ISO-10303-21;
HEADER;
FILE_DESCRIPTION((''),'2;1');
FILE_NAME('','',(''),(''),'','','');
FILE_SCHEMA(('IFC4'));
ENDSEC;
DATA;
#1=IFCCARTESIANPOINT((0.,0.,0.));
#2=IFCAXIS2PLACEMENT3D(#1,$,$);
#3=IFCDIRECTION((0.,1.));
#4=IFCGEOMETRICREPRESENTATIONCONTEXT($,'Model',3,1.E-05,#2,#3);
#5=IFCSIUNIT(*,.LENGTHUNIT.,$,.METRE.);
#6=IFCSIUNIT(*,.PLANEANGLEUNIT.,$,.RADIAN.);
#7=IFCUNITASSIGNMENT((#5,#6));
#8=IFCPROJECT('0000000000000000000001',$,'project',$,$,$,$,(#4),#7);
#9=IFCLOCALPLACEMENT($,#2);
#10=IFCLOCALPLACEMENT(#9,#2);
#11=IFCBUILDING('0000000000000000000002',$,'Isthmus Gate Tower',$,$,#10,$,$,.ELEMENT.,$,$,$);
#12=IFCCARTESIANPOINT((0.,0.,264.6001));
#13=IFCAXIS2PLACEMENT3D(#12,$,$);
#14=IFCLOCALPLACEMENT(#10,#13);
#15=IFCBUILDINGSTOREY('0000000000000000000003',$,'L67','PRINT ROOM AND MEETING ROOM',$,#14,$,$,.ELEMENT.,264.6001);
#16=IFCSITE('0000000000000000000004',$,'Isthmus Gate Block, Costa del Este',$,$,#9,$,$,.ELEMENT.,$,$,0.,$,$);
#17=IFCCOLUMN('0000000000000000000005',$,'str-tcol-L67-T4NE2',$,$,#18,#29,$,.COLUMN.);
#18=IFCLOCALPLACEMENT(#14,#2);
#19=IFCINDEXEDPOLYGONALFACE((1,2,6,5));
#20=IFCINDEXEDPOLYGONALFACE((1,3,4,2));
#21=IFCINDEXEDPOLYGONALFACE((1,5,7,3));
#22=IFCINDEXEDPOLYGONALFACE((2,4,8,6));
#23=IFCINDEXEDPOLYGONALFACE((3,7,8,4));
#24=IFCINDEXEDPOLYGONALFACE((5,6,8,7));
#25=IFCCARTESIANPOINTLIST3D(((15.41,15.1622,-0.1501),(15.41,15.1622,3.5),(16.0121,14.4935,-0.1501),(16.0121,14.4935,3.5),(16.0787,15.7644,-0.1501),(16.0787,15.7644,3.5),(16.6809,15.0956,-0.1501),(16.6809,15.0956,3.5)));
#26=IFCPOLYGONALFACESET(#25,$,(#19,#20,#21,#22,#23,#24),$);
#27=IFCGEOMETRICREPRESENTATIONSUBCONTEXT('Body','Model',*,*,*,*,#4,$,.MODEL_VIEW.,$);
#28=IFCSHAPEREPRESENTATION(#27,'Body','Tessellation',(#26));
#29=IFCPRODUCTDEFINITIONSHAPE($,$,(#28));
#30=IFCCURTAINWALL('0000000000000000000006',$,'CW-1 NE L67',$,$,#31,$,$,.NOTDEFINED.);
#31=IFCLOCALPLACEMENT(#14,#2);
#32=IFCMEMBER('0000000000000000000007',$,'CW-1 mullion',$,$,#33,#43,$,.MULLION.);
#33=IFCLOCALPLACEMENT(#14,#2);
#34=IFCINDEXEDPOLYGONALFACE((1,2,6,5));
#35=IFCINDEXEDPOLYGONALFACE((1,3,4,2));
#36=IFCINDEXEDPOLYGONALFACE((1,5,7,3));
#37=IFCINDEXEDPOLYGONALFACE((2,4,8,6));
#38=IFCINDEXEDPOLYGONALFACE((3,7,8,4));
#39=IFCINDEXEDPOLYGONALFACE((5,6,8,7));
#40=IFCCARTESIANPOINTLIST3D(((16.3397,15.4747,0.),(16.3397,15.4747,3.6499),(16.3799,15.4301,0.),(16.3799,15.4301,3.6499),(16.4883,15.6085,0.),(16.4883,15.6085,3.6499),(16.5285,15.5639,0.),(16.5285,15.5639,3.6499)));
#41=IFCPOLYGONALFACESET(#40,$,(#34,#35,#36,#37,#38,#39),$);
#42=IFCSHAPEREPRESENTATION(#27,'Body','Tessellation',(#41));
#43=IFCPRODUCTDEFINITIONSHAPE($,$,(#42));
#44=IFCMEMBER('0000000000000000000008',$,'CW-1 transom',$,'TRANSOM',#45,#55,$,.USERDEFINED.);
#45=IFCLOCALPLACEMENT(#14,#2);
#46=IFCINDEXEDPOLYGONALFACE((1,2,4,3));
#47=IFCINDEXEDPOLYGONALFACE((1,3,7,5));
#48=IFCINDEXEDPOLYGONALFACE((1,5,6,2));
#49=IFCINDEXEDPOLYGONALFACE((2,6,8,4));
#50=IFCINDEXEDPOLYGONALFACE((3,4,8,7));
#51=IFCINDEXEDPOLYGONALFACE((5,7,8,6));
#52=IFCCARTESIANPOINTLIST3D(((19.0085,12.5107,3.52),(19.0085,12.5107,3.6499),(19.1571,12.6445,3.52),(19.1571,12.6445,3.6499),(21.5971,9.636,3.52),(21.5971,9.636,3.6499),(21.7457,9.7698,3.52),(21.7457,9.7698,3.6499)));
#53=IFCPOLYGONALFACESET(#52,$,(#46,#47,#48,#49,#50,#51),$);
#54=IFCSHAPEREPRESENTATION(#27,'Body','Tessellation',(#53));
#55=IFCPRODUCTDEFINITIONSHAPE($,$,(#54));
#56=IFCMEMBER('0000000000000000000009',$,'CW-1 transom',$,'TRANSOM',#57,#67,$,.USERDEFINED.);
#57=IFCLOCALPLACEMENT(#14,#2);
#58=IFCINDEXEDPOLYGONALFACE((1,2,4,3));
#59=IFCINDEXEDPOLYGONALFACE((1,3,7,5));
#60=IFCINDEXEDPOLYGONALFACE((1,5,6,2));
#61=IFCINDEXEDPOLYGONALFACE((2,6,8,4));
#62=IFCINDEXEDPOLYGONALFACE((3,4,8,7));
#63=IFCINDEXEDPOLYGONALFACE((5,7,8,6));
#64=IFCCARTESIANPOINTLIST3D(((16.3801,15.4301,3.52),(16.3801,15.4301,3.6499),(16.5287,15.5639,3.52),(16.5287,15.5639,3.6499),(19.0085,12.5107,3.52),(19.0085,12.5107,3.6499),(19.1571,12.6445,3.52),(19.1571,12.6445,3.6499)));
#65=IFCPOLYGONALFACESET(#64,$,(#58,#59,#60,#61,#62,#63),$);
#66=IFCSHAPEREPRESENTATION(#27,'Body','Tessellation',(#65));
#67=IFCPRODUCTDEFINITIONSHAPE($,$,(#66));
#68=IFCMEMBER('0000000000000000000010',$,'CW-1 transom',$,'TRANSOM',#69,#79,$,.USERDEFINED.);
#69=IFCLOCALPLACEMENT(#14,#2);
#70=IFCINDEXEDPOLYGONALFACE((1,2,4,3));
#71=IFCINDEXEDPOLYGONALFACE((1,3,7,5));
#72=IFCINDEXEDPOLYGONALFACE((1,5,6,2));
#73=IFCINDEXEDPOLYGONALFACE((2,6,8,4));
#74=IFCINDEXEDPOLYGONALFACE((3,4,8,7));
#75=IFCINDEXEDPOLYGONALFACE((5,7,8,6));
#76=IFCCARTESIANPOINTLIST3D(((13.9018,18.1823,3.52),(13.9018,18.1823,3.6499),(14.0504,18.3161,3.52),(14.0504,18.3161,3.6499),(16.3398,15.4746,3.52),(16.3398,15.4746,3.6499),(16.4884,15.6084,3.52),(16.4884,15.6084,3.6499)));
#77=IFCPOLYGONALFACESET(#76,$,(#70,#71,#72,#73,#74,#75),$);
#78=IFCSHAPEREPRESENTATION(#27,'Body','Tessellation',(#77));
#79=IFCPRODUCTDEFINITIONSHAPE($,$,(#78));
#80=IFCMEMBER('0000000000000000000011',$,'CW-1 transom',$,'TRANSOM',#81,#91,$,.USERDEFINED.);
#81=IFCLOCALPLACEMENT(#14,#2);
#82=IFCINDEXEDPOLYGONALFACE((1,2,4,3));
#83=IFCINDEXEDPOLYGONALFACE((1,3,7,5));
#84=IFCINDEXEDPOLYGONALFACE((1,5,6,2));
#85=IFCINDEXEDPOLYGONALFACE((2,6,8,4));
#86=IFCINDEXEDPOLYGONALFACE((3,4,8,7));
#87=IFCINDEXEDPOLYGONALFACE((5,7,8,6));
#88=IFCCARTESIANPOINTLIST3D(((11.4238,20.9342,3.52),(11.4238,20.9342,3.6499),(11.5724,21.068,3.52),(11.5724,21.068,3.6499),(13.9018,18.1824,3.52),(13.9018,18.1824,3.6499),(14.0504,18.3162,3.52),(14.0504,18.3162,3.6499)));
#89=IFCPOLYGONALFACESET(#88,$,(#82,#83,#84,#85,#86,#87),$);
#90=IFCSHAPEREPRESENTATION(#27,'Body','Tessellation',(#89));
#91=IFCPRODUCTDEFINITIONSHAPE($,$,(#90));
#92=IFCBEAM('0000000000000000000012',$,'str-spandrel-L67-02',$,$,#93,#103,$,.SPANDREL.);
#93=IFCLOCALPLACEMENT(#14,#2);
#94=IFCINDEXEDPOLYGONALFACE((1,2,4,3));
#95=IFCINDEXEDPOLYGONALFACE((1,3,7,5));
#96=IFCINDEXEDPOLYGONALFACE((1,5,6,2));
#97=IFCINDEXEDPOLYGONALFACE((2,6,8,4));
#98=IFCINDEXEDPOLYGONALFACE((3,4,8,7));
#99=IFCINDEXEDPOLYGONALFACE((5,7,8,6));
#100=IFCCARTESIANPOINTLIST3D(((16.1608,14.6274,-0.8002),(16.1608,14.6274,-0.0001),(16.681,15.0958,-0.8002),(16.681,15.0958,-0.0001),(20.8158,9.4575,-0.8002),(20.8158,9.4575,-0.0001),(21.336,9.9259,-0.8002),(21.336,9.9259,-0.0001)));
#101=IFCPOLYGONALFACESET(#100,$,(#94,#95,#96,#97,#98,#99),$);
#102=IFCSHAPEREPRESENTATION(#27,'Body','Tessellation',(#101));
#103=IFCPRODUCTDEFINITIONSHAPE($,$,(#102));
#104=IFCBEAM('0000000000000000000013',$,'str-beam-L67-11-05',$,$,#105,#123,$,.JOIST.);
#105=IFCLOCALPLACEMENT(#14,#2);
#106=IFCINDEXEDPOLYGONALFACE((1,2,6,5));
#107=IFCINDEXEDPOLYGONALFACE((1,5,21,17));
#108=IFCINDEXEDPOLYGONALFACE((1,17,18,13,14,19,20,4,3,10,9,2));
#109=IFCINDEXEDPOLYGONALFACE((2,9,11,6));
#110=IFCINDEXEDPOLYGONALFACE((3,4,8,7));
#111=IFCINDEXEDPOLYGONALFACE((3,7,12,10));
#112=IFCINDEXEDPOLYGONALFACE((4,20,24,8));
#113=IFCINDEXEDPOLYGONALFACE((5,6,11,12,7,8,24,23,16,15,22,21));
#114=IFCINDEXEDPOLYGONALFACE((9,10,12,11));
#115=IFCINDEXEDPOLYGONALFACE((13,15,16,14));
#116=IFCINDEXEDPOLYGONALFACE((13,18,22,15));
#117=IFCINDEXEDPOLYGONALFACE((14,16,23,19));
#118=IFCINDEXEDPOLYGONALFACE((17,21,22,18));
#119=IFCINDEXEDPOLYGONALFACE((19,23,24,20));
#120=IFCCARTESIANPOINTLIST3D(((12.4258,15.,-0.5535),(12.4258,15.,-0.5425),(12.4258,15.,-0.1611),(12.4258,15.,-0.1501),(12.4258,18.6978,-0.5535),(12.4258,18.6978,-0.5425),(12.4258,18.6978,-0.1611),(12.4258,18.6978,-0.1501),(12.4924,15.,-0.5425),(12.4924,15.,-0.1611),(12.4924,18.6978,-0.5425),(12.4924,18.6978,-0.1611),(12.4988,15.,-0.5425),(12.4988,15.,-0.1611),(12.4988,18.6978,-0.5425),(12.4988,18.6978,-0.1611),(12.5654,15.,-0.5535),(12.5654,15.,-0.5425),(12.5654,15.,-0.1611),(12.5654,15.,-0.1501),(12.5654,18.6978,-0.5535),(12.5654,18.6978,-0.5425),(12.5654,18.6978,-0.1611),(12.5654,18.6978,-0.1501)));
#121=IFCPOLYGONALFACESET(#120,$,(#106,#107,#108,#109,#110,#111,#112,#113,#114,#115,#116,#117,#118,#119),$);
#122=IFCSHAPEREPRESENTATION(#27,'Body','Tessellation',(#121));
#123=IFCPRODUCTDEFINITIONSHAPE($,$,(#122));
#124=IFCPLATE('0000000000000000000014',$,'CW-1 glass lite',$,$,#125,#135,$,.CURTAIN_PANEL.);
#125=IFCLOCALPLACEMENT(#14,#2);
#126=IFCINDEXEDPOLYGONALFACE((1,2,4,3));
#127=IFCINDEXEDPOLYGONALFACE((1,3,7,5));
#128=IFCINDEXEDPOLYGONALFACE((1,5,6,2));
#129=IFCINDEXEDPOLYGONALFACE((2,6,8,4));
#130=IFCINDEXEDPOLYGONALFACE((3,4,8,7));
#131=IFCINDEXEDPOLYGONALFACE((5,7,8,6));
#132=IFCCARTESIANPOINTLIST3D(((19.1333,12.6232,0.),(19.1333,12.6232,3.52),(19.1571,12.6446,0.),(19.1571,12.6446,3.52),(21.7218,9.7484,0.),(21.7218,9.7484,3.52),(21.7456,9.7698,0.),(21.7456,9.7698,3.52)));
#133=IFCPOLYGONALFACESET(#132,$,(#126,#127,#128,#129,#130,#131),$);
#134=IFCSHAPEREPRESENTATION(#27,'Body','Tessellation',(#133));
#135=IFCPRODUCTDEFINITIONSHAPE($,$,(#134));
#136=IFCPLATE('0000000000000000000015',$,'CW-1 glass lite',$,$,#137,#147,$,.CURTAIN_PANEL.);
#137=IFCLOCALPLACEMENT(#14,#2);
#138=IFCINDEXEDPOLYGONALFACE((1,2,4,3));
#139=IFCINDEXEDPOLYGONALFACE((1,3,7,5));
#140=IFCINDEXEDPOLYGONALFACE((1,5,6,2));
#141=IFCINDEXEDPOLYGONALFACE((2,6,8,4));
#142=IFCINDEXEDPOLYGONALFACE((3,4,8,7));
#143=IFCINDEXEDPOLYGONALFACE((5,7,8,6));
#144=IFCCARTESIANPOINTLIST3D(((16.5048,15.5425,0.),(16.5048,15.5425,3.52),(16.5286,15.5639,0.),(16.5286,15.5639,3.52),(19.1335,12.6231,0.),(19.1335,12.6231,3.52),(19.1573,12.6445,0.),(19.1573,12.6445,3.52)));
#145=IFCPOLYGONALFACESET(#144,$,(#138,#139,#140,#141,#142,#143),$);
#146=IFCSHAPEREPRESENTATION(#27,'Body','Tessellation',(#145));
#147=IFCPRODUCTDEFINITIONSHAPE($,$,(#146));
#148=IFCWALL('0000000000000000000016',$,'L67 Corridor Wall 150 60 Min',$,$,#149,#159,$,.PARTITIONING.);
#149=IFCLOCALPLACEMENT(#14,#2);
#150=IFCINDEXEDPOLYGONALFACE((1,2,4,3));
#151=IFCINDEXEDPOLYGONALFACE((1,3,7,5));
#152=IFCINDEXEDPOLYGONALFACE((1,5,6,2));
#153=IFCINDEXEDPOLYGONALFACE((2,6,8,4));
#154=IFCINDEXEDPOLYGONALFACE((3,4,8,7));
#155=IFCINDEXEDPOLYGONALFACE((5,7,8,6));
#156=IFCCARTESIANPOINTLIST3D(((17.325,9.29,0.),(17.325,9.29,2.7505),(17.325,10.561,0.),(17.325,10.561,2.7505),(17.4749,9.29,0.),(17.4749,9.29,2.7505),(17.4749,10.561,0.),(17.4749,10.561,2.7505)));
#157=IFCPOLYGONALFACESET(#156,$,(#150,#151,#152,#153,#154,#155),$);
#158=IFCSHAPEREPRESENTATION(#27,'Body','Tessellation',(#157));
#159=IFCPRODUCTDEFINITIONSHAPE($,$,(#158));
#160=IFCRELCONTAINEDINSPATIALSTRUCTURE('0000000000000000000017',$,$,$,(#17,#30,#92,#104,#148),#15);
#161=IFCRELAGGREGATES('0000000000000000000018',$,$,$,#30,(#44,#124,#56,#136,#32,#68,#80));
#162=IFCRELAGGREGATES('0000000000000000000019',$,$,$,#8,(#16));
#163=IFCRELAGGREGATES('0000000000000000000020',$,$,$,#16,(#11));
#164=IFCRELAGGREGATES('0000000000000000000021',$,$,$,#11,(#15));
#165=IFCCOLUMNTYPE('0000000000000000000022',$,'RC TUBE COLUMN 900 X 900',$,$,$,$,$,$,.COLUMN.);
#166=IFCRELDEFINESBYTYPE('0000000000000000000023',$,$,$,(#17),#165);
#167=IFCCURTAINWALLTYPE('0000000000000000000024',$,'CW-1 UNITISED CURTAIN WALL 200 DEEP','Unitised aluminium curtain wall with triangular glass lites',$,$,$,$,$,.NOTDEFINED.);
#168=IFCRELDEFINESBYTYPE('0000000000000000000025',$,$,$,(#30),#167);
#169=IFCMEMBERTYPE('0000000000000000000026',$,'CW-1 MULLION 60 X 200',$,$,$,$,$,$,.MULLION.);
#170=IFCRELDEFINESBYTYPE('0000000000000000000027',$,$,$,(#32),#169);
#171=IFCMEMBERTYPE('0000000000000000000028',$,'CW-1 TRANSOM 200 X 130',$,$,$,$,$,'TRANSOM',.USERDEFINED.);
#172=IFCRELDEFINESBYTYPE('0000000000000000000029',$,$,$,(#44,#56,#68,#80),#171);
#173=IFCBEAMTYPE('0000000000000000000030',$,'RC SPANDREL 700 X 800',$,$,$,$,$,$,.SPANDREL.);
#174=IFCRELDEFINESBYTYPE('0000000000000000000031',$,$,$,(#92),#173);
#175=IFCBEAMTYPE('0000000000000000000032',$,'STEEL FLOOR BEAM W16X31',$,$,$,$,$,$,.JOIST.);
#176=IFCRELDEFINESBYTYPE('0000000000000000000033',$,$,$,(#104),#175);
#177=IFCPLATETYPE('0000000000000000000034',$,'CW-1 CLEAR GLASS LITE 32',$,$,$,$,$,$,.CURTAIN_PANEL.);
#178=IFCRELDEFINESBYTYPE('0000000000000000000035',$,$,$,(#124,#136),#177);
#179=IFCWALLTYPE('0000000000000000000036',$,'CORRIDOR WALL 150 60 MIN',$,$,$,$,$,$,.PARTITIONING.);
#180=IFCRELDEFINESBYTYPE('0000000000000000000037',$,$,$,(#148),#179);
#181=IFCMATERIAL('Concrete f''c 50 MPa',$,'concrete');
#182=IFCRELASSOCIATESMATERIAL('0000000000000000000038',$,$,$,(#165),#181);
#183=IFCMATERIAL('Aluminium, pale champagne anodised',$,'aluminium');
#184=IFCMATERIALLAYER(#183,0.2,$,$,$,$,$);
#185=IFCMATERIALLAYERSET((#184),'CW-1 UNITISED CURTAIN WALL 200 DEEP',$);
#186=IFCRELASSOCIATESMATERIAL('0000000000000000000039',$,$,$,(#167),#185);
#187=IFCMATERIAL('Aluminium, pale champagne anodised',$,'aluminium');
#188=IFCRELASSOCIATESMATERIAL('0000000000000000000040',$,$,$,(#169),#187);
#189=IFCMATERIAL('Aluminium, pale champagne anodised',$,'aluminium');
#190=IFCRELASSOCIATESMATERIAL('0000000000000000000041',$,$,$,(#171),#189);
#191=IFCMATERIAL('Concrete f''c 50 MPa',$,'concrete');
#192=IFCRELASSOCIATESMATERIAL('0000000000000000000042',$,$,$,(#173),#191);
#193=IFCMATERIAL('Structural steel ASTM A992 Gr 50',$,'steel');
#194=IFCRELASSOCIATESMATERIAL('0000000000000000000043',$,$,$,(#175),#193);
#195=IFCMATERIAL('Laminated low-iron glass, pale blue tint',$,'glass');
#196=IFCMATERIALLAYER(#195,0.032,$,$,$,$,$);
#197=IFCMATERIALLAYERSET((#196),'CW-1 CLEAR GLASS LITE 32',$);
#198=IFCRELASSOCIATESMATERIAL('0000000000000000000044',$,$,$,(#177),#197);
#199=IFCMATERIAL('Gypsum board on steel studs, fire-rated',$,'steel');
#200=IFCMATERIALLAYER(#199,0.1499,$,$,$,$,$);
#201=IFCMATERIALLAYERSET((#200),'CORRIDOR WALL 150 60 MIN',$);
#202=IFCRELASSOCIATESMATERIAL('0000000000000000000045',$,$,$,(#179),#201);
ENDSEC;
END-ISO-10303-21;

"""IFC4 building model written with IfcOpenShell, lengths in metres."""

from ifc_helpers import new_model, si_unit, direction, frame, frame_2d, origin, origin_2d, place, context, subcontext, project, spatial, rectangle, i_section, extrude, material, layer, layer_set, material_profile, profile_set, type_object, element, aggregate, save


model = new_model("IFC4")

# Units and contexts
model_context = context("Model", 3, precision=1e-05, world=origin(), true_north=direction((0.0, 1.0)))
body_context = subcontext(model_context, "Body", "Model", "MODEL_VIEW")
ifc_project = project(units=[si_unit("LENGTHUNIT", "METRE"), si_unit("PLANEANGLEUNIT", "RADIAN")], contexts=[model_context])

# Site, building, storey
site_placement = place(None, origin())
site = spatial("IfcSite", under=ifc_project, at=site_placement, Name="Isthmus Gate Block, Costa del Este", CompositionType="ELEMENT", RefElevation=0.0)
building_placement = place(site_placement, origin())
building = spatial("IfcBuilding", under=site, at=building_placement, Name="Isthmus Gate Tower", CompositionType="ELEMENT")
storey_placement = place(building_placement, frame((0.0, 0.0, 264.6001)))
storey = spatial("IfcBuildingStorey", under=building, at=storey_placement, Name="L67", Description="PRINT ROOM AND MEETING ROOM", CompositionType="ELEMENT", Elevation=264.6001)

# Column
ifc_material_1 = material(Name="Concrete f'c 50 MPa", Category="concrete")
ifc_material_profile_1 = material_profile(ifc_material_1, rectangle(XDim=0.8999, YDim=0.8999, at=origin_2d()), Name="RC 900X900")
ifc_profile_set_1 = profile_set([ifc_material_profile_1], Name="Concrete f'c 50 MPa")
column_type = type_object("IfcColumnType", Name="RC TUBE COLUMN 900 X 900", PredefinedType="COLUMN", material=ifc_profile_set_1)
column_placement = place(storey_placement, frame((16.0454, 15.1289, -0.1501), z_axis=(0.0, 0.0, 1.0), x_axis=(-0.669131, 0.743145, 0.0)))
element("IfcColumn", 1, at=column_placement, inside=storey, type_object=column_type, Name="str-tcol-L67-T4NE2", PredefinedType="COLUMN", context=body_context, shape_type="SweptSolid", body=[
    extrude(rectangle(XDim=0.8999, YDim=0.8999, at=origin_2d()), origin(), (0.0, 0.0, 1.0), 3.6501),
])

# Curtain wall, members
ifc_material_2 = material(Name="Aluminium, pale champagne anodised", Category="aluminium")
ifc_layer_1 = layer(ifc_material_2, 0.2)
ifc_layer_set_1 = layer_set([ifc_layer_1], Name="CW-1 UNITISED CURTAIN WALL 200 DEEP")
curtain_wall_type = type_object("IfcCurtainWallType", Name="CW-1 UNITISED CURTAIN WALL 200 DEEP", Description="Unitised aluminium curtain wall with triangular glass lites", PredefinedType="NOTDEFINED", material=ifc_layer_set_1)
curtain_wall_placement = place(storey_placement, origin())
curtain_wall = element("IfcCurtainWall", 2, at=curtain_wall_placement, inside=storey, type_object=curtain_wall_type, Name="CW-1 NE L67", PredefinedType="NOTDEFINED")
ifc_material_3 = material(Name="Aluminium, pale champagne anodised", Category="aluminium")
ifc_material_profile_2 = material_profile(ifc_material_3, rectangle(XDim=0.0601, YDim=0.2, at=origin_2d()), Name="60x200")
ifc_profile_set_2 = profile_set([ifc_material_profile_2], Name="Aluminium, pale champagne anodised")
member_type_1 = type_object("IfcMemberType", Name="CW-1 MULLION 60 X 200", PredefinedType="MULLION", material=ifc_profile_set_2)
member_1_placement = place(storey_placement, frame((16.4341, 15.5193, 0.0), z_axis=(0.0, 0.0, 1.0), x_axis=(-0.669131, 0.743145, 0.0)))
member_1 = element("IfcMember", 3, at=member_1_placement, type_object=member_type_1, Name="CW-1 mullion", PredefinedType="MULLION", context=body_context, shape_type="SweptSolid", body=[
    extrude(rectangle(XDim=0.0601, YDim=0.2, at=origin_2d()), origin(), (0.0, 0.0, 1.0), 3.6499),
])
ifc_material_4 = material(Name="Aluminium, pale champagne anodised", Category="aluminium")
ifc_material_profile_3 = material_profile(ifc_material_4, rectangle(XDim=0.2, YDim=0.1299, at=origin_2d()), Name="200x130")
ifc_profile_set_3 = profile_set([ifc_material_profile_3], Name="Aluminium, pale champagne anodised")
member_type_2 = type_object("IfcMemberType", Name="CW-1 TRANSOM 200 X 130", ElementType="TRANSOM", PredefinedType="USERDEFINED", material=ifc_profile_set_3)
member_2_placement = place(storey_placement, frame((21.6714, 9.7029, 3.585), z_axis=(-0.669156, 0.743122, 0.0), x_axis=(-0.743122, -0.669156, 0.0)))
member_2 = element("IfcMember", 4, at=member_2_placement, type_object=member_type_2, Name="CW-1 transom", ObjectType="TRANSOM", PredefinedType="USERDEFINED", context=body_context, shape_type="SweptSolid", body=[
    extrude(rectangle(XDim=0.2, YDim=0.1299, at=origin_2d()), origin(), (0.0, 0.0, 1.0), 3.8684),
])
member_3_placement = place(storey_placement, frame((19.0828, 12.5776, 3.585), z_axis=(-0.669095, 0.743177, 0.0), x_axis=(-0.743177, -0.669095, 0.0)))
member_3 = element("IfcMember", 5, at=member_3_placement, type_object=member_type_2, Name="CW-1 transom", ObjectType="TRANSOM", PredefinedType="USERDEFINED", context=body_context, shape_type="SweptSolid", body=[
    extrude(rectangle(XDim=0.2, YDim=0.1299, at=origin_2d()), origin(), (0.0, 0.0, 1.0), 3.9282),
])
member_4_placement = place(storey_placement, frame((16.4141, 15.5415, 3.585), z_axis=(-0.669116, 0.743158, 0.0), x_axis=(-0.743158, -0.669116, 0.0)))
member_4 = element("IfcMember", 6, at=member_4_placement, type_object=member_type_2, Name="CW-1 transom", ObjectType="TRANSOM", PredefinedType="USERDEFINED", context=body_context, shape_type="SweptSolid", body=[
    extrude(rectangle(XDim=0.2, YDim=0.1299, at=origin_2d()), origin(), (0.0, 0.0, 1.0), 3.6436),
])
member_5_placement = place(storey_placement, frame((13.9761, 18.2493, 3.585), z_axis=(-0.669154, 0.743124, 0.0), x_axis=(-0.743124, -0.669154, 0.0)))
member_5 = element("IfcMember", 7, at=member_5_placement, type_object=member_type_2, Name="CW-1 transom", ObjectType="TRANSOM", PredefinedType="USERDEFINED", context=body_context, shape_type="SweptSolid", body=[
    extrude(rectangle(XDim=0.2, YDim=0.1299, at=origin_2d()), origin(), (0.0, 0.0, 1.0), 3.7031),
])

# Beams
ifc_material_5 = material(Name="Concrete f'c 50 MPa", Category="concrete")
ifc_material_profile_4 = material_profile(ifc_material_5, rectangle(XDim=0.7, YDim=0.8, at=origin_2d()), Name="RC 700X800")
ifc_profile_set_4 = profile_set([ifc_material_profile_4], Name="Concrete f'c 50 MPa")
beam_type_1 = type_object("IfcBeamType", Name="RC SPANDREL 700 X 800", PredefinedType="SPANDREL", material=ifc_profile_set_4)
beam_1_placement = place(storey_placement, frame((16.4209, 14.8616, -0.4001), z_axis=(0.669131, -0.743144, 0.0), x_axis=(0.743144, 0.669131, 0.0)))
element("IfcBeam", 8, at=beam_1_placement, inside=storey, type_object=beam_type_1, Name="str-spandrel-L67-02", PredefinedType="SPANDREL", context=body_context, shape_type="SweptSolid", body=[
    extrude(rectangle(XDim=0.7, YDim=0.8, at=origin_2d()), origin(), (0.0, 0.0, 1.0), 6.9568),
])
ifc_material_6 = material(Name="Structural steel ASTM A992 Gr 50", Category="steel")
ifc_material_profile_5 = material_profile(ifc_material_6, i_section(OverallWidth=0.1396, OverallDepth=0.4033, WebThickness=0.0063, FlangeThickness=0.011, at=origin_2d()), Name="W16X31")
ifc_profile_set_5 = profile_set([ifc_material_profile_5], Name="Structural steel ASTM A992 Gr 50")
beam_type_2 = type_object("IfcBeamType", Name="STEEL FLOOR BEAM W16X31", PredefinedType="JOIST", material=ifc_profile_set_5)
beam_2_placement = place(storey_placement, frame((12.4956, 15.0, -0.3518), z_axis=(0.0, 1.0, 0.0), x_axis=(-1.0, 0.0, 0.0)))
element("IfcBeam", 9, at=beam_2_placement, inside=storey, type_object=beam_type_2, Name="str-beam-L67-11-05", PredefinedType="JOIST", context=body_context, shape_type="SweptSolid", body=[
    extrude(i_section(OverallWidth=0.1396, OverallDepth=0.4033, WebThickness=0.0063, FlangeThickness=0.011, at=origin_2d()), origin(), (0.0, 0.0, 1.0), 3.6978),
])

# Plates
ifc_material_7 = material(Name="Laminated low-iron glass, pale blue tint", Category="glass")
ifc_layer_2 = layer(ifc_material_7, 0.032)
ifc_layer_set_2 = layer_set([ifc_layer_2], Name="CW-1 CLEAR GLASS LITE 32")
plate_type = type_object("IfcPlateType", Name="CW-1 CLEAR GLASS LITE 32", PredefinedType="CURTAIN_PANEL", material=ifc_layer_set_2)
plate_1_placement = place(storey_placement, frame((20.4395, 11.1965, 0.0), z_axis=(0.0, 0.0, 1.0), x_axis=(-0.669131, 0.743145, 0.0)))
plate_1 = element("IfcPlate", 10, at=plate_1_placement, type_object=plate_type, Name="CW-1 glass lite", PredefinedType="CURTAIN_PANEL", context=body_context, shape_type="SweptSolid", body=[
    extrude(rectangle(XDim=3.8684, YDim=0.032, at=origin_2d()), origin(), (0.0, 0.0, 1.0), 3.52),
])
plate_2_placement = place(storey_placement, frame((17.8311, 14.0935, 0.0), z_axis=(0.0, 0.0, 1.0), x_axis=(-0.669131, 0.743145, 0.0)))
plate_2 = element("IfcPlate", 11, at=plate_2_placement, type_object=plate_type, Name="CW-1 glass lite", PredefinedType="CURTAIN_PANEL", context=body_context, shape_type="SweptSolid", body=[
    extrude(rectangle(XDim=3.9285, YDim=0.032, at=origin_2d()), origin(), (0.0, 0.0, 1.0), 3.52),
])

# Wall
ifc_material_8 = material(Name="Gypsum board on steel studs, fire-rated", Category="steel")
ifc_layer_3 = layer(ifc_material_8, 0.1499)
ifc_layer_set_3 = layer_set([ifc_layer_3], Name="CORRIDOR WALL 150 60 MIN")
wall_type = type_object("IfcWallType", Name="CORRIDOR WALL 150 60 MIN", PredefinedType="PARTITIONING", material=ifc_layer_set_3)
wall_1_placement = place(storey_placement, frame((17.3999, 10.561, 0.0), z_axis=(0.0, 0.0, 1.0), x_axis=(0.0, -1.0, 0.0)))
element("IfcWall", 12, at=wall_1_placement, inside=storey, type_object=wall_type, Name="L67 Corridor Wall 150 60 Min", PredefinedType="PARTITIONING", context=body_context, shape_type="SweptSolid", body=[
    extrude(rectangle(XDim=1.271, YDim=0.1499, at=frame_2d((0.6355, 0.0))), origin(), (0.0, 0.0, 1.0), 2.7505),
])

aggregate(curtain_wall, [member_2, plate_1, member_3, plate_2, member_1, member_4, member_5])

save(model, "model.ifc")
